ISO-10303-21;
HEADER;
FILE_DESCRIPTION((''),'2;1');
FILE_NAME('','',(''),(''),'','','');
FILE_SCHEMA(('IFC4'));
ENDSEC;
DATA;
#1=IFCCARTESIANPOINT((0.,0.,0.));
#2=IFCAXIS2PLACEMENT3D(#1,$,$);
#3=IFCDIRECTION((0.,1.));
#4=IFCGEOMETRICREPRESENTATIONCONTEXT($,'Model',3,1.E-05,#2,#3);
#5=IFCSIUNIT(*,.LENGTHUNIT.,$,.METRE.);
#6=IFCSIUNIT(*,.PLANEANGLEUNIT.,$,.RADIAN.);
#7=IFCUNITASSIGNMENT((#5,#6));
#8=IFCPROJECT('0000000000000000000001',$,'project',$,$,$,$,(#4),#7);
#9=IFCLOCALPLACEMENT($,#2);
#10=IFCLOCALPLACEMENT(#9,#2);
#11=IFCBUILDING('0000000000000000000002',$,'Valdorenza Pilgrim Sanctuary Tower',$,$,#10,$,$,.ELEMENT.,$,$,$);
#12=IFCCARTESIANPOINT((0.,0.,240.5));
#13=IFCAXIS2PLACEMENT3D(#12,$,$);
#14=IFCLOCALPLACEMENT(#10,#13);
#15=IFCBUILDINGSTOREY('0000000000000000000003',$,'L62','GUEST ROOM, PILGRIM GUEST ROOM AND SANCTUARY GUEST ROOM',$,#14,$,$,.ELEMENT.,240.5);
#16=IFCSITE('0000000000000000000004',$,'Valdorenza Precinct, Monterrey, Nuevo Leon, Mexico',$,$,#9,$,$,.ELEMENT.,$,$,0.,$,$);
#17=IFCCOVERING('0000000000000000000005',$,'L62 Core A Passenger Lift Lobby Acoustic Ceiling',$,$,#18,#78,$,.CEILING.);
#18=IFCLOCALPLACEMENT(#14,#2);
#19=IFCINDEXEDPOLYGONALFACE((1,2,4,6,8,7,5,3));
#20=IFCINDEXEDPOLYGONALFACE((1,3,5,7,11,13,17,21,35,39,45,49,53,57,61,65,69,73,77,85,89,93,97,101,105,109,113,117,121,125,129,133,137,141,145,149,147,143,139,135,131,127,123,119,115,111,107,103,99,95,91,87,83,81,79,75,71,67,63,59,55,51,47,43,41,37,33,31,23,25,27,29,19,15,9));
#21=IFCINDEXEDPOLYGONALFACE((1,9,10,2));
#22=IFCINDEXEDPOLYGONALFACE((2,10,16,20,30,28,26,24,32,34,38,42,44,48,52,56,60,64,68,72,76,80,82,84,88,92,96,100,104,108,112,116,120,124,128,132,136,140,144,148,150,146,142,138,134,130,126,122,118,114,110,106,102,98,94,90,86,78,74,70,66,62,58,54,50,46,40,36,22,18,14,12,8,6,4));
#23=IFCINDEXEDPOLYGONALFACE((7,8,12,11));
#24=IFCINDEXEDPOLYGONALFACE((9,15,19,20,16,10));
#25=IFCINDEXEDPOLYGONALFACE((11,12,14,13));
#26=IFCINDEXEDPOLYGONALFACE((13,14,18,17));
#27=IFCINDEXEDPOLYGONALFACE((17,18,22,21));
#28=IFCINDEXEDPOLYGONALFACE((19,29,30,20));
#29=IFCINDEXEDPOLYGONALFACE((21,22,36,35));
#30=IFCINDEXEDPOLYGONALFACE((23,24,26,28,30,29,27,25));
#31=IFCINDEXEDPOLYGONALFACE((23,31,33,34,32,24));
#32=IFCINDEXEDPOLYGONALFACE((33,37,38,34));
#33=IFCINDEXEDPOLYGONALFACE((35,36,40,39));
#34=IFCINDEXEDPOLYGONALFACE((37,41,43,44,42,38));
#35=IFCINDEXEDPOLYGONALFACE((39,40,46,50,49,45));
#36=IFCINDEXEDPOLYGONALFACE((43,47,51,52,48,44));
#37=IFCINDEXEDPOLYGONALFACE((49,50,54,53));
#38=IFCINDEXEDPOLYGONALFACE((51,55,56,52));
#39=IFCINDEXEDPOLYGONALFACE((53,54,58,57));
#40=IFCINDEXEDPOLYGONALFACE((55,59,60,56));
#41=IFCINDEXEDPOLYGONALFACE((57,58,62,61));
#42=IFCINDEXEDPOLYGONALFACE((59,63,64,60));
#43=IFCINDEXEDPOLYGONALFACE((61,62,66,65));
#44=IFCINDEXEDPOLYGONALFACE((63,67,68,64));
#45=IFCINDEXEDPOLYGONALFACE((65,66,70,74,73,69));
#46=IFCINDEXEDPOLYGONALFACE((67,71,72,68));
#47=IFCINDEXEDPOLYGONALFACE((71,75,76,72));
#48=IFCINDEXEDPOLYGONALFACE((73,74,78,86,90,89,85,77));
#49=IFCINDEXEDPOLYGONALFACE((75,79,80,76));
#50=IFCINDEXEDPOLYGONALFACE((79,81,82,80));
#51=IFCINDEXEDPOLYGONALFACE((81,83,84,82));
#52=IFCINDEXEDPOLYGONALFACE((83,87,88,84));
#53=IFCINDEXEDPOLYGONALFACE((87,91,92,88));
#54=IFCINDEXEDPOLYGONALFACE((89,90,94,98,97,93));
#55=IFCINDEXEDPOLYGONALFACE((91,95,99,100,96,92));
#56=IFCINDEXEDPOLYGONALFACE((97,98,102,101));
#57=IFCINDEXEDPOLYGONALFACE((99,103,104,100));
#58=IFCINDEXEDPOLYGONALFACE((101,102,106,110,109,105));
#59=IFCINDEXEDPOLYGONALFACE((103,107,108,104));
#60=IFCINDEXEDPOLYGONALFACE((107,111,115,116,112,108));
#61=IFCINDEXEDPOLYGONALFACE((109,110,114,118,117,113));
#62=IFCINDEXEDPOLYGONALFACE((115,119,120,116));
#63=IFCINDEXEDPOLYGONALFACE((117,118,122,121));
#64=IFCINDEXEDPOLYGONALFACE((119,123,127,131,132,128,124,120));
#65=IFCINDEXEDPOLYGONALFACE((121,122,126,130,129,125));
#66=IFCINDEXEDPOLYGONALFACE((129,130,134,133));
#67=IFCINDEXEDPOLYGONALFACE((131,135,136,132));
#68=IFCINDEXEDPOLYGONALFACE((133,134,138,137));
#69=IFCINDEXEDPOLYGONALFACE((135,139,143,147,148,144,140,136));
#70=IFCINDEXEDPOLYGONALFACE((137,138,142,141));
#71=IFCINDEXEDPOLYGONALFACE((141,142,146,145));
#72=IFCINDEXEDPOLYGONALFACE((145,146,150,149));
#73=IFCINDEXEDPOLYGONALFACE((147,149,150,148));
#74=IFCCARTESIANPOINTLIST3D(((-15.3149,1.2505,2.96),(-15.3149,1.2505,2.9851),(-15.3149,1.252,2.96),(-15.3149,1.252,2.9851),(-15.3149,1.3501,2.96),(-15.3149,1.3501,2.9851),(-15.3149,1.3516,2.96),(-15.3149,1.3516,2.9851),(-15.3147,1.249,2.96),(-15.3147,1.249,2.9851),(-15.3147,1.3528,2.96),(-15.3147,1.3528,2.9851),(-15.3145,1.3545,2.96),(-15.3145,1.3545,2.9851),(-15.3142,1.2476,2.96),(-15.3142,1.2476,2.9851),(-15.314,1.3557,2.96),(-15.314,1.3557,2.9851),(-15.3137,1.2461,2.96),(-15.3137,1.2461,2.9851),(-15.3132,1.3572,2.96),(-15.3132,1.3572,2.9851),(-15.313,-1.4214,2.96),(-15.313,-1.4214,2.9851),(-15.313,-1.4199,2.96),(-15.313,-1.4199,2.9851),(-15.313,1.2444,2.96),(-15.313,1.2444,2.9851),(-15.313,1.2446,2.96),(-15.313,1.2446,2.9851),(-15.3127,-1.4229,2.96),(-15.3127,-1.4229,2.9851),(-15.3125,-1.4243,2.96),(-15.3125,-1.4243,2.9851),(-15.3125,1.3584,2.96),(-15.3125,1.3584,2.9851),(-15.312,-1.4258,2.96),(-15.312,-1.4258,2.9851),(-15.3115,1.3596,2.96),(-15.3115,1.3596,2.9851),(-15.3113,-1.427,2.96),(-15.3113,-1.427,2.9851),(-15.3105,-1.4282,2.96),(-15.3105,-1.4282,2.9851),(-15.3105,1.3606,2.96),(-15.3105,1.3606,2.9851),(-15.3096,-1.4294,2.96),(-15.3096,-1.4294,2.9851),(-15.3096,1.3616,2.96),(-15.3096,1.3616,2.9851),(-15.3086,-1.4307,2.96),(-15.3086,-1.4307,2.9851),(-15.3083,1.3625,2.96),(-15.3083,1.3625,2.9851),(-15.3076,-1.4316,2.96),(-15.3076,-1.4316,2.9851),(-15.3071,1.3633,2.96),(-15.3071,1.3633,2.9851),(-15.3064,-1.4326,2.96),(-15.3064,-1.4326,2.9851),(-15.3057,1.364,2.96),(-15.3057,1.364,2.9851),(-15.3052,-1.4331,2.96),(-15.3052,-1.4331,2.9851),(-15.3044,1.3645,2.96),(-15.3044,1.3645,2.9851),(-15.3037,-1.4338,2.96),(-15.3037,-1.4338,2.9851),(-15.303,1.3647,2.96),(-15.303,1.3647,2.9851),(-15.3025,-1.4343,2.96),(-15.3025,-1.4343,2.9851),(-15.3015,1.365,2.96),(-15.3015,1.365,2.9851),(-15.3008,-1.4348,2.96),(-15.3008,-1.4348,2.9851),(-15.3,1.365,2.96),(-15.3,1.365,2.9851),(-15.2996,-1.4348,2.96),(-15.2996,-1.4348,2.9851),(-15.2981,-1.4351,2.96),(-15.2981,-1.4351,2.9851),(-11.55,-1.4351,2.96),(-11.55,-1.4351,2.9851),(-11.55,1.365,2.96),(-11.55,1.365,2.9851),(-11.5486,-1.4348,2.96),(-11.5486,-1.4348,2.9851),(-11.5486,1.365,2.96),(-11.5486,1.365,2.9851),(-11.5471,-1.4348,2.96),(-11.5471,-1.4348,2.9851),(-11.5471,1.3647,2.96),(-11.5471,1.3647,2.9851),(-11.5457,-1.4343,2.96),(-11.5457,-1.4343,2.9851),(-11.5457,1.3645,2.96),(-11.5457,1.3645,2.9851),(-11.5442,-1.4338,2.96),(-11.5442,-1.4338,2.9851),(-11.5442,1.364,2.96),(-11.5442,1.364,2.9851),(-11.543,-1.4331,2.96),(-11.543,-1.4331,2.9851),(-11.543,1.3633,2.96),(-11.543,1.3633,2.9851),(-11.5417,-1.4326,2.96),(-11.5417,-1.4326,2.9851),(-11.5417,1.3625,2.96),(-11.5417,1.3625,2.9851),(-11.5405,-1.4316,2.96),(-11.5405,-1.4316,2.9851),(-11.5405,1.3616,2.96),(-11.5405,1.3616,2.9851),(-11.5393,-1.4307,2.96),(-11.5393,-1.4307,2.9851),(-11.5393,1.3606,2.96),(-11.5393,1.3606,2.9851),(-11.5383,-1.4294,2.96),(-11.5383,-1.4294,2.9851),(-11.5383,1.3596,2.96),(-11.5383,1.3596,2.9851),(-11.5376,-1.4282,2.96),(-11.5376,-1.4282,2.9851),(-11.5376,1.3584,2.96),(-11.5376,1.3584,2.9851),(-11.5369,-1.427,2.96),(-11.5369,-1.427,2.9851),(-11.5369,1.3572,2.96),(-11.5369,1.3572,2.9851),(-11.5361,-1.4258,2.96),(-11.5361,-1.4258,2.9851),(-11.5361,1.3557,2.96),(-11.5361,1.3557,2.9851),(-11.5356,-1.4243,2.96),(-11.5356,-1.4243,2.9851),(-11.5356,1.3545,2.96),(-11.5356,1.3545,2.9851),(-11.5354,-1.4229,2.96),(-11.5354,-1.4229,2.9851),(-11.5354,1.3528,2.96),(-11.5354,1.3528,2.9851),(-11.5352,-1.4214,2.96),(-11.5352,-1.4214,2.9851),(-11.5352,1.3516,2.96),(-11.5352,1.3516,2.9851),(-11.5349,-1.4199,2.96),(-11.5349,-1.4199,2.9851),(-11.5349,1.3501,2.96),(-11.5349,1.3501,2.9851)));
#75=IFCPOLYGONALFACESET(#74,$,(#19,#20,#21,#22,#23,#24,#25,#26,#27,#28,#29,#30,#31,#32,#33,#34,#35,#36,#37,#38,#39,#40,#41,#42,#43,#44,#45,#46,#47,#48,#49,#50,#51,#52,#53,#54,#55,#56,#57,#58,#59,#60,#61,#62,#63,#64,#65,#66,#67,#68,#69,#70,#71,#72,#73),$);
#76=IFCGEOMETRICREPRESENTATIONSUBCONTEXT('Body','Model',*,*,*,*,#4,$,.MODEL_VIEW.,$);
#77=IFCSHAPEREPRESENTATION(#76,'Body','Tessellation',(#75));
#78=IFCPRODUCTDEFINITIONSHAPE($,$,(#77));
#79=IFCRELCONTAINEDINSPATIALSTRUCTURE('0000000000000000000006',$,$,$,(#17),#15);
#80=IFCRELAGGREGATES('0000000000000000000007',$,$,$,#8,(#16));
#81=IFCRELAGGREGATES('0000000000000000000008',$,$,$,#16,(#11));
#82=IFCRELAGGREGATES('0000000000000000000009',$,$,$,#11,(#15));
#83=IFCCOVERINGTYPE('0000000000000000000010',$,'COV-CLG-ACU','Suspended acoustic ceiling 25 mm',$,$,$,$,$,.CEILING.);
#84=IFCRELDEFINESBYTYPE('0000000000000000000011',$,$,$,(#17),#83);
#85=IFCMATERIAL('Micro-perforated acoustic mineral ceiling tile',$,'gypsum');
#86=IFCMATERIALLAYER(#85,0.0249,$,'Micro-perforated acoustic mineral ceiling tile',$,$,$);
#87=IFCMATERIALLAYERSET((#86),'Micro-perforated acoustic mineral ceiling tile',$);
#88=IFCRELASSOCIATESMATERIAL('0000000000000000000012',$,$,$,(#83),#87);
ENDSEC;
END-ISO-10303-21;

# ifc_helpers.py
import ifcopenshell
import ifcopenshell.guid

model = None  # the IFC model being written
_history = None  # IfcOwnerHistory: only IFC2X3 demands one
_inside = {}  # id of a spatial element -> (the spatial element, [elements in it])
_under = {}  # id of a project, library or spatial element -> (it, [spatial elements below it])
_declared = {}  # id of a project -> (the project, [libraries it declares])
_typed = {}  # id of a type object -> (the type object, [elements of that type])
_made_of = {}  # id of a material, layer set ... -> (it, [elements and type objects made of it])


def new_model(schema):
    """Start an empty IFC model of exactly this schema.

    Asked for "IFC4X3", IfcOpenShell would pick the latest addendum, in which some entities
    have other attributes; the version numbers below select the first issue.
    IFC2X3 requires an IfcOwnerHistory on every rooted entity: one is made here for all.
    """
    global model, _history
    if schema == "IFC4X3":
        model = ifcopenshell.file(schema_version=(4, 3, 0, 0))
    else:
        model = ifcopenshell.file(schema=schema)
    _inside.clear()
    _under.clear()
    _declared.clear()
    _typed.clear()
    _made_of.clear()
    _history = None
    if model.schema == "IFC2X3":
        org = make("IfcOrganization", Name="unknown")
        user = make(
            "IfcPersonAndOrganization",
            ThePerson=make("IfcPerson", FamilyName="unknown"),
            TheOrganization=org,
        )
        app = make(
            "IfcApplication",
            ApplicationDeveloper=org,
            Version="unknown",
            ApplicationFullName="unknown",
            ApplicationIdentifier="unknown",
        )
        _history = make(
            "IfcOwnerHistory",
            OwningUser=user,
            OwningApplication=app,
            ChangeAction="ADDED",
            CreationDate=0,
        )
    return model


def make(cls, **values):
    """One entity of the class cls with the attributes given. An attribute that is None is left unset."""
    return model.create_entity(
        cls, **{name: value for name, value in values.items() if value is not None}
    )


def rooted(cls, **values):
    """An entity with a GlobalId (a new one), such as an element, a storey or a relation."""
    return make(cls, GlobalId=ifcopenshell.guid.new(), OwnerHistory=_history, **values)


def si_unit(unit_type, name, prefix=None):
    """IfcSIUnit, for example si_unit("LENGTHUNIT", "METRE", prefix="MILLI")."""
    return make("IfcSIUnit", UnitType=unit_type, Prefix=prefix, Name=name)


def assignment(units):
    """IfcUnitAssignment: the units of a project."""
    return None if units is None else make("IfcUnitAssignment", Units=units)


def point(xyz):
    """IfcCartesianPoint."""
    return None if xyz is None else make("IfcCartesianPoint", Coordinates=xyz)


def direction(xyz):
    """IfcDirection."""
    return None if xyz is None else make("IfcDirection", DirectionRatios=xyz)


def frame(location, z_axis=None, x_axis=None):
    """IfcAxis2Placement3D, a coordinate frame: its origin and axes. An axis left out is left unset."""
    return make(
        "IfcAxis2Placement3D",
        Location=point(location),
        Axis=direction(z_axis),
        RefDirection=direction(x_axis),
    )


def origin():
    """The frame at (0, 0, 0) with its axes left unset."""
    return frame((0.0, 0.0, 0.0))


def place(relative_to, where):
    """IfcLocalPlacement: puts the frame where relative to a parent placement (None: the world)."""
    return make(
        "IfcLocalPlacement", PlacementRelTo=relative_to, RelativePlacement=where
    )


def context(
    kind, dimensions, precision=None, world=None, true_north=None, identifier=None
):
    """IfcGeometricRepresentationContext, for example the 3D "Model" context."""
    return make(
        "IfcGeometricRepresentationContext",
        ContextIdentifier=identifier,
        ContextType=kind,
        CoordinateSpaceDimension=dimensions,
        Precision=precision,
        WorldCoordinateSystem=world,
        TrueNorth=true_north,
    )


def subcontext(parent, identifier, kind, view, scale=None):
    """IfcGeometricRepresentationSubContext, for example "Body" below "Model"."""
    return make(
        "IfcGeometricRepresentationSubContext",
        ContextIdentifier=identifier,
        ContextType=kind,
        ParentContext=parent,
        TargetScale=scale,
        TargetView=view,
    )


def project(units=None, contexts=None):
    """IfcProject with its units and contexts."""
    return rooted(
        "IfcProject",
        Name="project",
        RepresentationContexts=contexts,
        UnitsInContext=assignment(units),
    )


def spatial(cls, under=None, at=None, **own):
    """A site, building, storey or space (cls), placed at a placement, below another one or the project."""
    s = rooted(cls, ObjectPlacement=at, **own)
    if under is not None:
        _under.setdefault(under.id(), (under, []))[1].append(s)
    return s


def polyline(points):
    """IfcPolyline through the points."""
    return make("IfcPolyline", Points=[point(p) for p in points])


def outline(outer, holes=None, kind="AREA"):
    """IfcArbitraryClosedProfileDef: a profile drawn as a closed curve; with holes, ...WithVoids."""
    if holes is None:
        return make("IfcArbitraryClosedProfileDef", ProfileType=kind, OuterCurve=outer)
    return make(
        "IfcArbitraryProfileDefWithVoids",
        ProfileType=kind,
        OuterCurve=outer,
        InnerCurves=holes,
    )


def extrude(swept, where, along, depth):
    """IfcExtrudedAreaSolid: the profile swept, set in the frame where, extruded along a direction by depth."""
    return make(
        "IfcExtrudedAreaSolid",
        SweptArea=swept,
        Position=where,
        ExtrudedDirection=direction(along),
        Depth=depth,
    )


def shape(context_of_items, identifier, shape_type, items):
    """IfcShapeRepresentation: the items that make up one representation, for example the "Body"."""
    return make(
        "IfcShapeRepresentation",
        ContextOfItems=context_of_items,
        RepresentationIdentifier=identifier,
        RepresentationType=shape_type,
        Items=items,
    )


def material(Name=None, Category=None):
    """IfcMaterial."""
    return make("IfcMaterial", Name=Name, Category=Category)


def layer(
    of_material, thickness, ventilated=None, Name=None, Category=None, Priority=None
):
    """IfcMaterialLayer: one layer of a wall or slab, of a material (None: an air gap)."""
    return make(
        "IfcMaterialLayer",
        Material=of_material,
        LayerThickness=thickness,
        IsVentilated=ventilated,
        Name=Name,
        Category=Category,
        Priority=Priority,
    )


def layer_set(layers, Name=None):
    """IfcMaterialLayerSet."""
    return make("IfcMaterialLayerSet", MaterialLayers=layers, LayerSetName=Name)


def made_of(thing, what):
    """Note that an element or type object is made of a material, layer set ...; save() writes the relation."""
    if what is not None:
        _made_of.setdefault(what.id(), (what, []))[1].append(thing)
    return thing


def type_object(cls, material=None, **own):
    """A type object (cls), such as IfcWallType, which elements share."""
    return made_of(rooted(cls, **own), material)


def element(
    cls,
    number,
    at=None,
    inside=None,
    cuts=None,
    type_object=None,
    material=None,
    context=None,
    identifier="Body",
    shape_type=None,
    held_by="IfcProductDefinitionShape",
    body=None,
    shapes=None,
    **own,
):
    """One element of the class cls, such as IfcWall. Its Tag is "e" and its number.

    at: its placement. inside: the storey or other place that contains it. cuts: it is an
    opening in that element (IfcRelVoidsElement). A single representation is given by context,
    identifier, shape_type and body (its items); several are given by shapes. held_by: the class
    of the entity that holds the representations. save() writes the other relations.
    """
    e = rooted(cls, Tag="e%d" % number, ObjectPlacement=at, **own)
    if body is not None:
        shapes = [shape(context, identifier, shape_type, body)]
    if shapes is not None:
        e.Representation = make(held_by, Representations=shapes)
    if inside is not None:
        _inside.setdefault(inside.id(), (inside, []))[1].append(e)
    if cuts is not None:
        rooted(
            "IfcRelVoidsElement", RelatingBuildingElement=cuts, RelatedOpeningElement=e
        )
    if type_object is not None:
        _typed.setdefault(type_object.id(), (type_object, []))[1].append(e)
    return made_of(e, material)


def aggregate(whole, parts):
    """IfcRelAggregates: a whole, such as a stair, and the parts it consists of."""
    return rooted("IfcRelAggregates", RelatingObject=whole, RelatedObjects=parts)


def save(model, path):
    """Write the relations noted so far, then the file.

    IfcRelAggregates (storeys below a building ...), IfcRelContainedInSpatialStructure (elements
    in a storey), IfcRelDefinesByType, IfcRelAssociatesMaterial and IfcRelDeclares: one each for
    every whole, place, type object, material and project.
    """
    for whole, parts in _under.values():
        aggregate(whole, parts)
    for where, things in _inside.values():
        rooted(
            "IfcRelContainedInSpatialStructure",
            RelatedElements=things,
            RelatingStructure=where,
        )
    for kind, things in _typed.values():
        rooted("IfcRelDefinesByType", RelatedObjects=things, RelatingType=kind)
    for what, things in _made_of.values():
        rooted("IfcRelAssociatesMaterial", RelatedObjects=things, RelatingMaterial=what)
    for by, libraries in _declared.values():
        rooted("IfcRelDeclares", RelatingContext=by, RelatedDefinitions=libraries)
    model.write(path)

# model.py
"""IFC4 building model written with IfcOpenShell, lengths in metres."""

from ifc_helpers import new_model, si_unit, direction, frame, origin, place, context, subcontext, project, spatial, polyline, outline, extrude, material, layer, layer_set, type_object, element, save


model = new_model("IFC4")

# Units and contexts
model_context = context("Model", 3, precision=1e-05, world=origin(), true_north=direction((0.0, 1.0)))
body_context = subcontext(model_context, "Body", "Model", "MODEL_VIEW")
ifc_project = project(units=[si_unit("LENGTHUNIT", "METRE"), si_unit("PLANEANGLEUNIT", "RADIAN")], contexts=[model_context])

# Site, building, storey
site_placement = place(None, origin())
site = spatial("IfcSite", under=ifc_project, at=site_placement, Name="Valdorenza Precinct, Monterrey, Nuevo Leon, Mexico", CompositionType="ELEMENT", RefElevation=0.0)
building_placement = place(site_placement, origin())
building = spatial("IfcBuilding", under=site, at=building_placement, Name="Valdorenza Pilgrim Sanctuary Tower", CompositionType="ELEMENT")
storey_placement = place(building_placement, frame((0.0, 0.0, 240.5)))
storey = spatial("IfcBuildingStorey", under=building, at=storey_placement, Name="L62", Description="GUEST ROOM, PILGRIM GUEST ROOM AND SANCTUARY GUEST ROOM", CompositionType="ELEMENT", Elevation=240.5)

# Covering
ifc_material_1 = material(Name="Micro-perforated acoustic mineral ceiling tile", Category="gypsum")
ifc_layer_1 = layer(ifc_material_1, 0.0249, Name="Micro-perforated acoustic mineral ceiling tile")
ifc_layer_set_1 = layer_set([ifc_layer_1], Name="Micro-perforated acoustic mineral ceiling tile")
covering_type_1 = type_object("IfcCoveringType", Name="COV-CLG-ACU", Description="Suspended acoustic ceiling 25 mm", PredefinedType="CEILING", material=ifc_layer_set_1)
covering_1_placement = place(storey_placement, frame((0.0, 0.0, 2.96)))
element("IfcCovering", 1, at=covering_1_placement, inside=storey, type_object=covering_type_1, Name="L62 Core A Passenger Lift Lobby Acoustic Ceiling", PredefinedType="CEILING", context=body_context, shape_type="SweptSolid", body=[
    extrude(outline(polyline([(-15.3149, 1.3501), (-15.3149, 1.3516), (-15.3147, 1.3528), (-15.3145, 1.3545), (-15.314, 1.3557), (-15.3132, 1.3572), (-15.3125, 1.3584), (-15.3115, 1.3596), (-15.3105, 1.3606), (-15.3096, 1.3616), (-15.3083, 1.3625), (-15.3071, 1.3633), (-15.3057, 1.364), (-15.3044, 1.3645), (-15.303, 1.3647), (-15.3015, 1.365), (-15.3, 1.365), (-11.55, 1.365), (-11.5486, 1.365), (-11.5471, 1.3647), (-11.5457, 1.3645), (-11.5442, 1.364), (-11.543, 1.3633), (-11.5417, 1.3625), (-11.5405, 1.3616), (-11.5393, 1.3606), (-11.5383, 1.3596), (-11.5376, 1.3584), (-11.5369, 1.3572), (-11.5361, 1.3557), (-11.5356, 1.3545), (-11.5354, 1.3528), (-11.5352, 1.3516), (-11.5349, 1.3501), (-11.5349, -1.4199), (-11.5352, -1.4214), (-11.5354, -1.4229), (-11.5356, -1.4243), (-11.5361, -1.4258), (-11.5369, -1.427), (-11.5376, -1.4282), (-11.5383, -1.4294), (-11.5393, -1.4307), (-11.5405, -1.4316), (-11.5417, -1.4326), (-11.543, -1.4331), (-11.5442, -1.4338), (-11.5457, -1.4343), (-11.5471, -1.4348), (-11.5486, -1.4348), (-11.55, -1.4351), (-15.2981, -1.4351), (-15.2996, -1.4348), (-15.3008, -1.4348), (-15.3025, -1.4343), (-15.3037, -1.4338), (-15.3052, -1.4331), (-15.3064, -1.4326), (-15.3076, -1.4316), (-15.3086, -1.4307), (-15.3096, -1.4294), (-15.3105, -1.4282), (-15.3113, -1.427), (-15.312, -1.4258), (-15.3125, -1.4243), (-15.3127, -1.4229), (-15.313, -1.4214), (-15.313, -1.4199), (-15.313, 1.2444), (-15.313, 1.2446), (-15.3137, 1.2461), (-15.3142, 1.2476), (-15.3147, 1.249), (-15.3149, 1.2505), (-15.3149, 1.252), (-15.3149, 1.3501)])), origin(), (0.0, 0.0, 1.0), 0.0251),
])

save(model, "model.ifc")
